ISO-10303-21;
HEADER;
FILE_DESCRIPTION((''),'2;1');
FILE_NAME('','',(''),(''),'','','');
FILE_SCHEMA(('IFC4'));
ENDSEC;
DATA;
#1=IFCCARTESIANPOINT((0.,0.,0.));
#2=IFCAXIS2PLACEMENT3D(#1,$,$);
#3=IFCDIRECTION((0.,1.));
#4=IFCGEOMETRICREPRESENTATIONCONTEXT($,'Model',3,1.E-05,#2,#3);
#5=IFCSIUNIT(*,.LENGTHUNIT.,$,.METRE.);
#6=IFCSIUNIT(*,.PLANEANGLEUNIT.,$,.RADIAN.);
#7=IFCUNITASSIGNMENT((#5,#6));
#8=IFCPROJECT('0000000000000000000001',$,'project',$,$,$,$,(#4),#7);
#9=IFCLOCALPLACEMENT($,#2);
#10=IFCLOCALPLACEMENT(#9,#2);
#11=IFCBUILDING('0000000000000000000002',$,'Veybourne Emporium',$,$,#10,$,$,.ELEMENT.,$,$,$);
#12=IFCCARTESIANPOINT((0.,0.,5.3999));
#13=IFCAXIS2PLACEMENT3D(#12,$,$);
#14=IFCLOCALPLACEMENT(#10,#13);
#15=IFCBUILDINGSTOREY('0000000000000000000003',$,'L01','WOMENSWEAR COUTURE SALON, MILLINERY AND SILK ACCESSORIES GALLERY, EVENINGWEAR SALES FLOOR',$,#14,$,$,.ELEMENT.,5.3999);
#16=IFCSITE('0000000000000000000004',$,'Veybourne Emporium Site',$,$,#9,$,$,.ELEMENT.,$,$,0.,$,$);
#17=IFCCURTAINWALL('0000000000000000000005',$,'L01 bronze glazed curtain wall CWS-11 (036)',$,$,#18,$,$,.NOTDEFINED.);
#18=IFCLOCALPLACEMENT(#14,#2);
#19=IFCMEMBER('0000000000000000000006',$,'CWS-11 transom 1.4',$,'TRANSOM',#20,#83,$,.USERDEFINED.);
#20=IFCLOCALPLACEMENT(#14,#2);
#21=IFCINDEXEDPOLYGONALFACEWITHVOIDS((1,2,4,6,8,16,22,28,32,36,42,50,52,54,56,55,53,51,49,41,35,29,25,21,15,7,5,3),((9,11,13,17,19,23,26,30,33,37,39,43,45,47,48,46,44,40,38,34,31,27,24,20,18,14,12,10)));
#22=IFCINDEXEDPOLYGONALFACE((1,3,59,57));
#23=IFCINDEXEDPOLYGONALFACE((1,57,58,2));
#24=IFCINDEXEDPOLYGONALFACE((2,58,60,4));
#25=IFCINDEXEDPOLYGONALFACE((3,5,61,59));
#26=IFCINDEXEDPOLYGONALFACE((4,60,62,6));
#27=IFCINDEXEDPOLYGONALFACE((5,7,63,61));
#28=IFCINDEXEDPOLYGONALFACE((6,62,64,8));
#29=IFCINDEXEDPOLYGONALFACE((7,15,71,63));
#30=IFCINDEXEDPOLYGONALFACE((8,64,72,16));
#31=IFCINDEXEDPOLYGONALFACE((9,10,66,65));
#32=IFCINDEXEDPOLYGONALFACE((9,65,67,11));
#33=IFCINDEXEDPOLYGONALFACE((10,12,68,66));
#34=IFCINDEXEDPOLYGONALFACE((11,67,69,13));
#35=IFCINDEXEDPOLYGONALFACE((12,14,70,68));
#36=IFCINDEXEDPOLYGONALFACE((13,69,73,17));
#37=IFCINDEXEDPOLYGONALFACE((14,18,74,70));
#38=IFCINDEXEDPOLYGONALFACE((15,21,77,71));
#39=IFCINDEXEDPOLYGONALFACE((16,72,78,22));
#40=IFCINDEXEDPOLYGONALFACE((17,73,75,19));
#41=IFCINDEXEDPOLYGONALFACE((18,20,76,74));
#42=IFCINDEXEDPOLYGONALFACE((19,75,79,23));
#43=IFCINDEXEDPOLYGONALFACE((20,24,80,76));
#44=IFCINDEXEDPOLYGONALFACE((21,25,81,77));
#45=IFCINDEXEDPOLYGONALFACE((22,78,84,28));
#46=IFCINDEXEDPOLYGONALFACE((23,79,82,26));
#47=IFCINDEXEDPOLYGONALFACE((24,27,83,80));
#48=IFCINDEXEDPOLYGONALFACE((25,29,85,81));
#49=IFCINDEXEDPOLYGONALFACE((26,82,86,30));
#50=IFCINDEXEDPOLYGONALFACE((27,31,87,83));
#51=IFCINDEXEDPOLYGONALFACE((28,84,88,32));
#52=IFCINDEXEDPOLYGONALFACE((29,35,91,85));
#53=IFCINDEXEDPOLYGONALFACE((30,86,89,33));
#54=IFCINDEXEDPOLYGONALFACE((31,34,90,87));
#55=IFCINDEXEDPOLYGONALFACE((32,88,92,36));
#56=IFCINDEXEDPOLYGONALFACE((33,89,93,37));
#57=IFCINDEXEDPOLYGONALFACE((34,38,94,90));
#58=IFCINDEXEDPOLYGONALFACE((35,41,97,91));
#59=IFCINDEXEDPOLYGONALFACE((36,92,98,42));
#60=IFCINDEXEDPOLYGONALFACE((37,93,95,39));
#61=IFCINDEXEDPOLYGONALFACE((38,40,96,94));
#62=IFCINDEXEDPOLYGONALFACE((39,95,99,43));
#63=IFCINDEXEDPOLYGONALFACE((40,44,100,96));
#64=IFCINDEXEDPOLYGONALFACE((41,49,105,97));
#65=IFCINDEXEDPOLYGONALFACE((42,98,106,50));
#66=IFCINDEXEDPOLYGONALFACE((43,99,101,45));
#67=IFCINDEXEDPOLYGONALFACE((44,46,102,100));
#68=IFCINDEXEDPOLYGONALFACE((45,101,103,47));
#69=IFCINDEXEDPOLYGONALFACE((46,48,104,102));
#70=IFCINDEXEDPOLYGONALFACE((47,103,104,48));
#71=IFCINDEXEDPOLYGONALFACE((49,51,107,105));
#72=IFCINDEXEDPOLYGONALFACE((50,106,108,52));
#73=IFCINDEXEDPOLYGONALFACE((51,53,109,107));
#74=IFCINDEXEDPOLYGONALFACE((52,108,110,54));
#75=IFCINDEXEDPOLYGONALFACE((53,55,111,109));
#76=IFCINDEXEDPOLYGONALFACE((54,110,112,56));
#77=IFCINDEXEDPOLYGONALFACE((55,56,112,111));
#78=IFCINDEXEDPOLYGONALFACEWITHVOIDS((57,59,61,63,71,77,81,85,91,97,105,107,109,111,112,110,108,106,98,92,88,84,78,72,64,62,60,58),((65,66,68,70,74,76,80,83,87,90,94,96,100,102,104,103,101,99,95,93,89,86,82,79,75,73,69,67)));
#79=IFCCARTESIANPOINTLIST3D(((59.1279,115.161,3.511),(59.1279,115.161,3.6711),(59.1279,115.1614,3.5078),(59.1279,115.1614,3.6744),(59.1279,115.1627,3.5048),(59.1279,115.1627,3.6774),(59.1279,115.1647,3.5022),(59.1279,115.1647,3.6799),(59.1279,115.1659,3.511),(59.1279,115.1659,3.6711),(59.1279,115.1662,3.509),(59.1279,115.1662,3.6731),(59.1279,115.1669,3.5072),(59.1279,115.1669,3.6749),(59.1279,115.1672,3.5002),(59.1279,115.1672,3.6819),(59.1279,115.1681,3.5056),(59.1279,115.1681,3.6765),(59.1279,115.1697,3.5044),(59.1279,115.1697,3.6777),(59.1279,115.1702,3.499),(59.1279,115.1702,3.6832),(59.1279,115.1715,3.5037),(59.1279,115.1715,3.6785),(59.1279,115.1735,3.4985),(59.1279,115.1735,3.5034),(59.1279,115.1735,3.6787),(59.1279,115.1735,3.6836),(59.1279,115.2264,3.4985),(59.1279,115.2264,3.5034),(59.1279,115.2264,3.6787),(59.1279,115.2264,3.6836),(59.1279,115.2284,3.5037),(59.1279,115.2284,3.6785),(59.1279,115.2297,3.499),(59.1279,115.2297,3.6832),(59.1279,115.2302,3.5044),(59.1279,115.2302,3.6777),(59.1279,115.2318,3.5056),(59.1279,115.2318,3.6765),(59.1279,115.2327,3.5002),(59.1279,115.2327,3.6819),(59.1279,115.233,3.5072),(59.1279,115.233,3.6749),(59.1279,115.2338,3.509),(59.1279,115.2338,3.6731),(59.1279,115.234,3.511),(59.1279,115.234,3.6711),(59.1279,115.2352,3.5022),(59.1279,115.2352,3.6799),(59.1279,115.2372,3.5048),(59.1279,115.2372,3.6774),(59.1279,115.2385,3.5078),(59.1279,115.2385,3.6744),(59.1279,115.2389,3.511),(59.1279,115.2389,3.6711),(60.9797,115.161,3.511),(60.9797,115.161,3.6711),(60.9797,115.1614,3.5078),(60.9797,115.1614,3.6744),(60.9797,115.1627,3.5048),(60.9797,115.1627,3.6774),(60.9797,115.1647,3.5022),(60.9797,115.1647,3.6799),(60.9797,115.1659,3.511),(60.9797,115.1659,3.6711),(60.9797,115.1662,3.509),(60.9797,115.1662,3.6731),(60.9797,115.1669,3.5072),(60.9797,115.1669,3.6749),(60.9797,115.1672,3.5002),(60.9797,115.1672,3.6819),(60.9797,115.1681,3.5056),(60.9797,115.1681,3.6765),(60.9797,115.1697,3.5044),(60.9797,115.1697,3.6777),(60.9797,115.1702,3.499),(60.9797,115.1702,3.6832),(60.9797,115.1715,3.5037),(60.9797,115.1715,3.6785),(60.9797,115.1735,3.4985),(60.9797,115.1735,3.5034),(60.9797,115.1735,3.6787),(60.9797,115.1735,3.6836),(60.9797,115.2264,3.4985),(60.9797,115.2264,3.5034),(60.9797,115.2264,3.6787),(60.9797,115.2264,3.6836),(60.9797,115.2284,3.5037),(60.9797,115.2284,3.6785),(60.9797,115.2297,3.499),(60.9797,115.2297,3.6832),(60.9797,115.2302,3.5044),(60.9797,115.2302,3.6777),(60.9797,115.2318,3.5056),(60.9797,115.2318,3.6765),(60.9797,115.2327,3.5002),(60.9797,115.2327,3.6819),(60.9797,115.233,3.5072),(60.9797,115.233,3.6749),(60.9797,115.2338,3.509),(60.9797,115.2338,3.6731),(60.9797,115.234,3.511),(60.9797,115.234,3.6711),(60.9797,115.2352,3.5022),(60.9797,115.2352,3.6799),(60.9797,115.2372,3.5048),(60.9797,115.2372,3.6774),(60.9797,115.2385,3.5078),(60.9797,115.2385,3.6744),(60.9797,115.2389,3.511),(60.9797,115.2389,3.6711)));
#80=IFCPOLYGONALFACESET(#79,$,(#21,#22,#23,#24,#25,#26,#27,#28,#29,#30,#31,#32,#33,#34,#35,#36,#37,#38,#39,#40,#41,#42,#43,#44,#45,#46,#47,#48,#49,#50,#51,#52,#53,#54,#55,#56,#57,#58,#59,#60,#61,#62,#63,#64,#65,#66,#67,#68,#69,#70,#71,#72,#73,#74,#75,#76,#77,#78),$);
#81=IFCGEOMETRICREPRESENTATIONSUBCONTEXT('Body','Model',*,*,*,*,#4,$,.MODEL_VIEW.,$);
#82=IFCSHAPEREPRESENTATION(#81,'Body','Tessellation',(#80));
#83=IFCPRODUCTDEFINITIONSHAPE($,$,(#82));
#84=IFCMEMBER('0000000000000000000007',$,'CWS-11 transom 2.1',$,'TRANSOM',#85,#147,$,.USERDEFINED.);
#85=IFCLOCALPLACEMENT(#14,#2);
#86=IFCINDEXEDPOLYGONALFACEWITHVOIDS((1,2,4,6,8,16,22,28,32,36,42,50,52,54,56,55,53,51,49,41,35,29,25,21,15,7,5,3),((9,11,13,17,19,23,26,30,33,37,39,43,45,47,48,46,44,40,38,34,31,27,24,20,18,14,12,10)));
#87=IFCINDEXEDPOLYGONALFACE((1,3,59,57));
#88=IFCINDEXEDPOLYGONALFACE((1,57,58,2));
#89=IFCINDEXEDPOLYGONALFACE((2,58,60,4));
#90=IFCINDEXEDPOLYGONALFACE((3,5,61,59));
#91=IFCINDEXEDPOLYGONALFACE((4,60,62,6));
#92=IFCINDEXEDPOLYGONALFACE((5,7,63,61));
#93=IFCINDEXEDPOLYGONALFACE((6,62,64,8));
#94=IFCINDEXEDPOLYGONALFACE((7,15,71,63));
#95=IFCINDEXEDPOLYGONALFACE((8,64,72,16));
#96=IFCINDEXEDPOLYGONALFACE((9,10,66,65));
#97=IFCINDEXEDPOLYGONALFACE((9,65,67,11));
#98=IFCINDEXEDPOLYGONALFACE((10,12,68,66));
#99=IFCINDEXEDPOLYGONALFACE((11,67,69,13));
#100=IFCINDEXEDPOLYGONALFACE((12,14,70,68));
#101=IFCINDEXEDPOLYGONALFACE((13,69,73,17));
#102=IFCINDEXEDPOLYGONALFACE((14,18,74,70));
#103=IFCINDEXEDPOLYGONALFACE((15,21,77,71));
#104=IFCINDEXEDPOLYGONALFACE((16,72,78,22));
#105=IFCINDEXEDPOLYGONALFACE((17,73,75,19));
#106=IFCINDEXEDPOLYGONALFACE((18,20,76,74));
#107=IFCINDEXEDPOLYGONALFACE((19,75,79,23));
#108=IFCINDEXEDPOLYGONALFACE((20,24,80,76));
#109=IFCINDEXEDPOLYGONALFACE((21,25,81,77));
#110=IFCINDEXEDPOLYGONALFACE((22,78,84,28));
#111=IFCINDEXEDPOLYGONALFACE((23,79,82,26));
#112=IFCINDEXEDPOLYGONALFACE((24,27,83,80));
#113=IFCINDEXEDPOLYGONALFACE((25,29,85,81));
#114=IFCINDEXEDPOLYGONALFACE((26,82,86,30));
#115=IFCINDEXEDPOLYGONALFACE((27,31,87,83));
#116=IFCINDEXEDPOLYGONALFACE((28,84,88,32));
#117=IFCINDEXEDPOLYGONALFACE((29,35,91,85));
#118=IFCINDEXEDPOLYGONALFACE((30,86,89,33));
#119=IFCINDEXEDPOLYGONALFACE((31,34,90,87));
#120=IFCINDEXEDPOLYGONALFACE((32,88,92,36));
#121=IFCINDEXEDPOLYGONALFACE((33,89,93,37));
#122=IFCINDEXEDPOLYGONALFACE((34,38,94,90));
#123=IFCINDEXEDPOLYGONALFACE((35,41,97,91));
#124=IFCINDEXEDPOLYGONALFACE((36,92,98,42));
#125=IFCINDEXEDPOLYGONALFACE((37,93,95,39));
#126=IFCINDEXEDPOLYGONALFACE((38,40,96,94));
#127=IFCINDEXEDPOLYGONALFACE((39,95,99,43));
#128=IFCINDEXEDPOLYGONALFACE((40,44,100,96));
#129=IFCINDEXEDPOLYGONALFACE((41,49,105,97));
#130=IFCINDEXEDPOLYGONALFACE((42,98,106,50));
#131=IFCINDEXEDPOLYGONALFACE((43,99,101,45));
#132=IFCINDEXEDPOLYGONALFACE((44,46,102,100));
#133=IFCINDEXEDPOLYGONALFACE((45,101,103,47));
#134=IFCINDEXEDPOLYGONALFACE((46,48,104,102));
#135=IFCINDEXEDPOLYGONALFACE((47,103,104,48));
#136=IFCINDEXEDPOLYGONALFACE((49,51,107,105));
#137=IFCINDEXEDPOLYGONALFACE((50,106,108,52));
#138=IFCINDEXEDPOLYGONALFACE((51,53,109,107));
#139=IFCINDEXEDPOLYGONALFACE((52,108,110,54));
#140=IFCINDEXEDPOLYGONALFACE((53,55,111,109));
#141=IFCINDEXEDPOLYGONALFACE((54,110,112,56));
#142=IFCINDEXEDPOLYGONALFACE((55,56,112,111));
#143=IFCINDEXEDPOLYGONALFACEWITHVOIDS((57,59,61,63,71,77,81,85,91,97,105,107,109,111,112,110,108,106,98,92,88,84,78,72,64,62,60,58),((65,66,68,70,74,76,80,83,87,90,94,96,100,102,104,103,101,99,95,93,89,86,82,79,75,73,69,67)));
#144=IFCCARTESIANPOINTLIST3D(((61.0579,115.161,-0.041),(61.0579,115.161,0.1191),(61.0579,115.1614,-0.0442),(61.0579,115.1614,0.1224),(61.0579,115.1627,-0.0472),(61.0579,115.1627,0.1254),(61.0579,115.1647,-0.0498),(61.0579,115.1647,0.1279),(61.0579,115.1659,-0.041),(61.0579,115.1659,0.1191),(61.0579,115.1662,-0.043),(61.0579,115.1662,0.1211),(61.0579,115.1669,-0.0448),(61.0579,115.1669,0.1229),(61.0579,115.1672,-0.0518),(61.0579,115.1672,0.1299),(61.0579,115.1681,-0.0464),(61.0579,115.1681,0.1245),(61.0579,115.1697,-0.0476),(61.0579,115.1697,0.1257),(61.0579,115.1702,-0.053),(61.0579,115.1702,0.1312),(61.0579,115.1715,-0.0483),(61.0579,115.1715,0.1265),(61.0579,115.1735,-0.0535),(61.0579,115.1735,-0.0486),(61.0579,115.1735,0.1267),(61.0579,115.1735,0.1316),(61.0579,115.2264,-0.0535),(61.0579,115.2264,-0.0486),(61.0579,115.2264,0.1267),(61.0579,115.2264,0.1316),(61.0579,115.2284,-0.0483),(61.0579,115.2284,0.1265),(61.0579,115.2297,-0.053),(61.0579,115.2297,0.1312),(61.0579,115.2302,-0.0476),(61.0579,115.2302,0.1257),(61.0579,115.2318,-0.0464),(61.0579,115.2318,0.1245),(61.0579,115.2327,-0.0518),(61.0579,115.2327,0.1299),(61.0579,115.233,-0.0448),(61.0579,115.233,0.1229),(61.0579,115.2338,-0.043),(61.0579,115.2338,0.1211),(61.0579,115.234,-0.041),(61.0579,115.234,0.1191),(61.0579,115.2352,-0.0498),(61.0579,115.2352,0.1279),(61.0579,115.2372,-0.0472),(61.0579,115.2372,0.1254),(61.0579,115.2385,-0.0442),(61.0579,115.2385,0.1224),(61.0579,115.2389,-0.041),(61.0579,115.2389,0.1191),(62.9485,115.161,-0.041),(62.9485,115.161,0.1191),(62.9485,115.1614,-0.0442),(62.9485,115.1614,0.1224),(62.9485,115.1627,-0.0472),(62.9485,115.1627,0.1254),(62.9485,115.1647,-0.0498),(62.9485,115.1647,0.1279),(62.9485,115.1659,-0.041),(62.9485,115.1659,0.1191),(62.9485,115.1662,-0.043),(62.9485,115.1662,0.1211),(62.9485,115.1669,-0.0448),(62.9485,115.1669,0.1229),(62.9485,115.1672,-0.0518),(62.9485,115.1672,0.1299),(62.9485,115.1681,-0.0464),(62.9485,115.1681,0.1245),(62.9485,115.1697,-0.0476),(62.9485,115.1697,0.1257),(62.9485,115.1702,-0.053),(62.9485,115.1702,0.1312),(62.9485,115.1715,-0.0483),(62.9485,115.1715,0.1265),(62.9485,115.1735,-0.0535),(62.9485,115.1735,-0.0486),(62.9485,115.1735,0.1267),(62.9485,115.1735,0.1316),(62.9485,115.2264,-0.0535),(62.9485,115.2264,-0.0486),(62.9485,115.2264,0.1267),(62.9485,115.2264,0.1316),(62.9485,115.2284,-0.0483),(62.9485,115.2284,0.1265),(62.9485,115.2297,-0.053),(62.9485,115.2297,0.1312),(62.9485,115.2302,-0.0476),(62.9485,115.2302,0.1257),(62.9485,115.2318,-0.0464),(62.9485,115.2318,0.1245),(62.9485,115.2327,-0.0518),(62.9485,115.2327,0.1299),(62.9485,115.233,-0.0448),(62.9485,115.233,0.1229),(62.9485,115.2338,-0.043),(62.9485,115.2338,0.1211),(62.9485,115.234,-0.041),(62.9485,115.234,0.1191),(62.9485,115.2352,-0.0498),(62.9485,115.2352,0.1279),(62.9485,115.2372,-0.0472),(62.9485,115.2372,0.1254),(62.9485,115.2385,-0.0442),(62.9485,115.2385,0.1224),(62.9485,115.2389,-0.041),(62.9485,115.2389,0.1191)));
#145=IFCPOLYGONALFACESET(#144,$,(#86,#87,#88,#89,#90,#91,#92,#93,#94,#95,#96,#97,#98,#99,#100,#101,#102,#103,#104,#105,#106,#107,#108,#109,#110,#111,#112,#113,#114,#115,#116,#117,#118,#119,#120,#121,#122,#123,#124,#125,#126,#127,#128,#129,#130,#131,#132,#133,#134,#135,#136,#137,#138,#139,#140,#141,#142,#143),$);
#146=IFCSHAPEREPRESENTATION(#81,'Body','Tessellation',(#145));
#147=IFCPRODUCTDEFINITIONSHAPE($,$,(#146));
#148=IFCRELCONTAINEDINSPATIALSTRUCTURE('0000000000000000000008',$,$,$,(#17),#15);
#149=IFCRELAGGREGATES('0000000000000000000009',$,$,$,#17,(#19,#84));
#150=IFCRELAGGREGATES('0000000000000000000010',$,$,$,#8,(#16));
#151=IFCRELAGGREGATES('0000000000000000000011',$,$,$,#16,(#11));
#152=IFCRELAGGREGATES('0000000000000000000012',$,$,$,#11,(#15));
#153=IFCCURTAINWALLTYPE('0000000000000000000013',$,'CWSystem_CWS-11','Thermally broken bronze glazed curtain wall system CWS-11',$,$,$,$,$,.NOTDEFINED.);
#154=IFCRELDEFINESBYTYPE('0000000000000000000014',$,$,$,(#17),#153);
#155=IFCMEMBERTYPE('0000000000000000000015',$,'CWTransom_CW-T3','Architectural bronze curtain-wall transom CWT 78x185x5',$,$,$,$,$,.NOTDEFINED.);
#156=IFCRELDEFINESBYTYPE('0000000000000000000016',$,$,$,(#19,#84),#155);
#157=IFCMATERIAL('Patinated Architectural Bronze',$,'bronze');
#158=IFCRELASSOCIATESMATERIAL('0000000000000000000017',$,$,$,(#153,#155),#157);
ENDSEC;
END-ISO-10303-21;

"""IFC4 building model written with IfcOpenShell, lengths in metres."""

from ifc_helpers import new_model, si_unit, direction, frame, origin, origin_2d, place, context, subcontext, project, spatial, hollow_rectangle, extrude, material, material_profile, profile_set, type_object, element, aggregate, save


model = new_model("IFC4")

# Units and contexts
model_context = context("Model", 3, precision=1e-05, world=origin(), true_north=direction((0.0, 1.0)))
body_context = subcontext(model_context, "Body", "Model", "MODEL_VIEW")
ifc_project = project(units=[si_unit("LENGTHUNIT", "METRE"), si_unit("PLANEANGLEUNIT", "RADIAN")], contexts=[model_context])

# Site, building, storey
site_placement = place(None, origin())
site = spatial("IfcSite", under=ifc_project, at=site_placement, Name="Veybourne Emporium Site", CompositionType="ELEMENT", RefElevation=0.0)
building_placement = place(site_placement, origin())
building = spatial("IfcBuilding", under=site, at=building_placement, Name="Veybourne Emporium", CompositionType="ELEMENT")
storey_placement = place(building_placement, frame((0.0, 0.0, 5.3999)))
storey = spatial("IfcBuildingStorey", under=building, at=storey_placement, Name="L01", Description="WOMENSWEAR COUTURE SALON, MILLINERY AND SILK ACCESSORIES GALLERY, EVENINGWEAR SALES FLOOR", CompositionType="ELEMENT", Elevation=5.3999)

# Curtain wall, members
ifc_material_1 = material(Name="Patinated Architectural Bronze", Category="bronze")
curtain_wall_type = type_object("IfcCurtainWallType", Name="CWSystem_CWS-11", Description="Thermally broken bronze glazed curtain wall system CWS-11", PredefinedType="NOTDEFINED", material=ifc_material_1)
curtain_wall_placement = place(storey_placement, origin())
curtain_wall = element("IfcCurtainWall", 1, at=curtain_wall_placement, inside=storey, type_object=curtain_wall_type, Name="L01 bronze glazed curtain wall CWS-11 (036)", PredefinedType="NOTDEFINED")
ifc_material_profile_1 = material_profile(ifc_material_1, hollow_rectangle(XDim=0.0779, YDim=0.1851, WallThickness=0.0049, InnerFilletRadius=0.0076, OuterFilletRadius=0.0125, at=origin_2d()), Name="CWT 78x185x5")
ifc_profile_set_1 = profile_set([ifc_material_profile_1], Name="Patinated Architectural Bronze")
member_type_1 = type_object("IfcMemberType", Name="CWTransom_CW-T3", Description="Architectural bronze curtain-wall transom CWT 78x185x5", PredefinedType="NOTDEFINED", material=ifc_profile_set_1)
member_1_placement = place(storey_placement, frame((59.1279, 115.2, 3.5911), z_axis=(1.0, 0.0, 0.0), x_axis=(0.0, 1.0, 0.0)))
member_1 = element("IfcMember", 2, at=member_1_placement, type_object=member_type_1, Name="CWS-11 transom 1.4", ObjectType="TRANSOM", PredefinedType="USERDEFINED", context=body_context, shape_type="SweptSolid", body=[
    extrude(hollow_rectangle(XDim=0.0779, YDim=0.1851, WallThickness=0.0049, InnerFilletRadius=0.0076, OuterFilletRadius=0.0125, at=origin_2d()), origin(), (0.0, 0.0, 1.0), 1.8518),
])
member_2_placement = place(storey_placement, frame((61.0579, 115.2, 0.0391), z_axis=(1.0, 0.0, 0.0), x_axis=(0.0, 1.0, 0.0)))
member_2 = element("IfcMember", 3, at=member_2_placement, type_object=member_type_1, Name="CWS-11 transom 2.1", ObjectType="TRANSOM", PredefinedType="USERDEFINED", context=body_context, shape_type="SweptSolid", body=[
    extrude(hollow_rectangle(XDim=0.0779, YDim=0.1851, WallThickness=0.0049, InnerFilletRadius=0.0076, OuterFilletRadius=0.0125, at=origin_2d()), origin(), (0.0, 0.0, 1.0), 1.8906),
])

aggregate(curtain_wall, [member_1, member_2])

save(model, "model.ifc")
